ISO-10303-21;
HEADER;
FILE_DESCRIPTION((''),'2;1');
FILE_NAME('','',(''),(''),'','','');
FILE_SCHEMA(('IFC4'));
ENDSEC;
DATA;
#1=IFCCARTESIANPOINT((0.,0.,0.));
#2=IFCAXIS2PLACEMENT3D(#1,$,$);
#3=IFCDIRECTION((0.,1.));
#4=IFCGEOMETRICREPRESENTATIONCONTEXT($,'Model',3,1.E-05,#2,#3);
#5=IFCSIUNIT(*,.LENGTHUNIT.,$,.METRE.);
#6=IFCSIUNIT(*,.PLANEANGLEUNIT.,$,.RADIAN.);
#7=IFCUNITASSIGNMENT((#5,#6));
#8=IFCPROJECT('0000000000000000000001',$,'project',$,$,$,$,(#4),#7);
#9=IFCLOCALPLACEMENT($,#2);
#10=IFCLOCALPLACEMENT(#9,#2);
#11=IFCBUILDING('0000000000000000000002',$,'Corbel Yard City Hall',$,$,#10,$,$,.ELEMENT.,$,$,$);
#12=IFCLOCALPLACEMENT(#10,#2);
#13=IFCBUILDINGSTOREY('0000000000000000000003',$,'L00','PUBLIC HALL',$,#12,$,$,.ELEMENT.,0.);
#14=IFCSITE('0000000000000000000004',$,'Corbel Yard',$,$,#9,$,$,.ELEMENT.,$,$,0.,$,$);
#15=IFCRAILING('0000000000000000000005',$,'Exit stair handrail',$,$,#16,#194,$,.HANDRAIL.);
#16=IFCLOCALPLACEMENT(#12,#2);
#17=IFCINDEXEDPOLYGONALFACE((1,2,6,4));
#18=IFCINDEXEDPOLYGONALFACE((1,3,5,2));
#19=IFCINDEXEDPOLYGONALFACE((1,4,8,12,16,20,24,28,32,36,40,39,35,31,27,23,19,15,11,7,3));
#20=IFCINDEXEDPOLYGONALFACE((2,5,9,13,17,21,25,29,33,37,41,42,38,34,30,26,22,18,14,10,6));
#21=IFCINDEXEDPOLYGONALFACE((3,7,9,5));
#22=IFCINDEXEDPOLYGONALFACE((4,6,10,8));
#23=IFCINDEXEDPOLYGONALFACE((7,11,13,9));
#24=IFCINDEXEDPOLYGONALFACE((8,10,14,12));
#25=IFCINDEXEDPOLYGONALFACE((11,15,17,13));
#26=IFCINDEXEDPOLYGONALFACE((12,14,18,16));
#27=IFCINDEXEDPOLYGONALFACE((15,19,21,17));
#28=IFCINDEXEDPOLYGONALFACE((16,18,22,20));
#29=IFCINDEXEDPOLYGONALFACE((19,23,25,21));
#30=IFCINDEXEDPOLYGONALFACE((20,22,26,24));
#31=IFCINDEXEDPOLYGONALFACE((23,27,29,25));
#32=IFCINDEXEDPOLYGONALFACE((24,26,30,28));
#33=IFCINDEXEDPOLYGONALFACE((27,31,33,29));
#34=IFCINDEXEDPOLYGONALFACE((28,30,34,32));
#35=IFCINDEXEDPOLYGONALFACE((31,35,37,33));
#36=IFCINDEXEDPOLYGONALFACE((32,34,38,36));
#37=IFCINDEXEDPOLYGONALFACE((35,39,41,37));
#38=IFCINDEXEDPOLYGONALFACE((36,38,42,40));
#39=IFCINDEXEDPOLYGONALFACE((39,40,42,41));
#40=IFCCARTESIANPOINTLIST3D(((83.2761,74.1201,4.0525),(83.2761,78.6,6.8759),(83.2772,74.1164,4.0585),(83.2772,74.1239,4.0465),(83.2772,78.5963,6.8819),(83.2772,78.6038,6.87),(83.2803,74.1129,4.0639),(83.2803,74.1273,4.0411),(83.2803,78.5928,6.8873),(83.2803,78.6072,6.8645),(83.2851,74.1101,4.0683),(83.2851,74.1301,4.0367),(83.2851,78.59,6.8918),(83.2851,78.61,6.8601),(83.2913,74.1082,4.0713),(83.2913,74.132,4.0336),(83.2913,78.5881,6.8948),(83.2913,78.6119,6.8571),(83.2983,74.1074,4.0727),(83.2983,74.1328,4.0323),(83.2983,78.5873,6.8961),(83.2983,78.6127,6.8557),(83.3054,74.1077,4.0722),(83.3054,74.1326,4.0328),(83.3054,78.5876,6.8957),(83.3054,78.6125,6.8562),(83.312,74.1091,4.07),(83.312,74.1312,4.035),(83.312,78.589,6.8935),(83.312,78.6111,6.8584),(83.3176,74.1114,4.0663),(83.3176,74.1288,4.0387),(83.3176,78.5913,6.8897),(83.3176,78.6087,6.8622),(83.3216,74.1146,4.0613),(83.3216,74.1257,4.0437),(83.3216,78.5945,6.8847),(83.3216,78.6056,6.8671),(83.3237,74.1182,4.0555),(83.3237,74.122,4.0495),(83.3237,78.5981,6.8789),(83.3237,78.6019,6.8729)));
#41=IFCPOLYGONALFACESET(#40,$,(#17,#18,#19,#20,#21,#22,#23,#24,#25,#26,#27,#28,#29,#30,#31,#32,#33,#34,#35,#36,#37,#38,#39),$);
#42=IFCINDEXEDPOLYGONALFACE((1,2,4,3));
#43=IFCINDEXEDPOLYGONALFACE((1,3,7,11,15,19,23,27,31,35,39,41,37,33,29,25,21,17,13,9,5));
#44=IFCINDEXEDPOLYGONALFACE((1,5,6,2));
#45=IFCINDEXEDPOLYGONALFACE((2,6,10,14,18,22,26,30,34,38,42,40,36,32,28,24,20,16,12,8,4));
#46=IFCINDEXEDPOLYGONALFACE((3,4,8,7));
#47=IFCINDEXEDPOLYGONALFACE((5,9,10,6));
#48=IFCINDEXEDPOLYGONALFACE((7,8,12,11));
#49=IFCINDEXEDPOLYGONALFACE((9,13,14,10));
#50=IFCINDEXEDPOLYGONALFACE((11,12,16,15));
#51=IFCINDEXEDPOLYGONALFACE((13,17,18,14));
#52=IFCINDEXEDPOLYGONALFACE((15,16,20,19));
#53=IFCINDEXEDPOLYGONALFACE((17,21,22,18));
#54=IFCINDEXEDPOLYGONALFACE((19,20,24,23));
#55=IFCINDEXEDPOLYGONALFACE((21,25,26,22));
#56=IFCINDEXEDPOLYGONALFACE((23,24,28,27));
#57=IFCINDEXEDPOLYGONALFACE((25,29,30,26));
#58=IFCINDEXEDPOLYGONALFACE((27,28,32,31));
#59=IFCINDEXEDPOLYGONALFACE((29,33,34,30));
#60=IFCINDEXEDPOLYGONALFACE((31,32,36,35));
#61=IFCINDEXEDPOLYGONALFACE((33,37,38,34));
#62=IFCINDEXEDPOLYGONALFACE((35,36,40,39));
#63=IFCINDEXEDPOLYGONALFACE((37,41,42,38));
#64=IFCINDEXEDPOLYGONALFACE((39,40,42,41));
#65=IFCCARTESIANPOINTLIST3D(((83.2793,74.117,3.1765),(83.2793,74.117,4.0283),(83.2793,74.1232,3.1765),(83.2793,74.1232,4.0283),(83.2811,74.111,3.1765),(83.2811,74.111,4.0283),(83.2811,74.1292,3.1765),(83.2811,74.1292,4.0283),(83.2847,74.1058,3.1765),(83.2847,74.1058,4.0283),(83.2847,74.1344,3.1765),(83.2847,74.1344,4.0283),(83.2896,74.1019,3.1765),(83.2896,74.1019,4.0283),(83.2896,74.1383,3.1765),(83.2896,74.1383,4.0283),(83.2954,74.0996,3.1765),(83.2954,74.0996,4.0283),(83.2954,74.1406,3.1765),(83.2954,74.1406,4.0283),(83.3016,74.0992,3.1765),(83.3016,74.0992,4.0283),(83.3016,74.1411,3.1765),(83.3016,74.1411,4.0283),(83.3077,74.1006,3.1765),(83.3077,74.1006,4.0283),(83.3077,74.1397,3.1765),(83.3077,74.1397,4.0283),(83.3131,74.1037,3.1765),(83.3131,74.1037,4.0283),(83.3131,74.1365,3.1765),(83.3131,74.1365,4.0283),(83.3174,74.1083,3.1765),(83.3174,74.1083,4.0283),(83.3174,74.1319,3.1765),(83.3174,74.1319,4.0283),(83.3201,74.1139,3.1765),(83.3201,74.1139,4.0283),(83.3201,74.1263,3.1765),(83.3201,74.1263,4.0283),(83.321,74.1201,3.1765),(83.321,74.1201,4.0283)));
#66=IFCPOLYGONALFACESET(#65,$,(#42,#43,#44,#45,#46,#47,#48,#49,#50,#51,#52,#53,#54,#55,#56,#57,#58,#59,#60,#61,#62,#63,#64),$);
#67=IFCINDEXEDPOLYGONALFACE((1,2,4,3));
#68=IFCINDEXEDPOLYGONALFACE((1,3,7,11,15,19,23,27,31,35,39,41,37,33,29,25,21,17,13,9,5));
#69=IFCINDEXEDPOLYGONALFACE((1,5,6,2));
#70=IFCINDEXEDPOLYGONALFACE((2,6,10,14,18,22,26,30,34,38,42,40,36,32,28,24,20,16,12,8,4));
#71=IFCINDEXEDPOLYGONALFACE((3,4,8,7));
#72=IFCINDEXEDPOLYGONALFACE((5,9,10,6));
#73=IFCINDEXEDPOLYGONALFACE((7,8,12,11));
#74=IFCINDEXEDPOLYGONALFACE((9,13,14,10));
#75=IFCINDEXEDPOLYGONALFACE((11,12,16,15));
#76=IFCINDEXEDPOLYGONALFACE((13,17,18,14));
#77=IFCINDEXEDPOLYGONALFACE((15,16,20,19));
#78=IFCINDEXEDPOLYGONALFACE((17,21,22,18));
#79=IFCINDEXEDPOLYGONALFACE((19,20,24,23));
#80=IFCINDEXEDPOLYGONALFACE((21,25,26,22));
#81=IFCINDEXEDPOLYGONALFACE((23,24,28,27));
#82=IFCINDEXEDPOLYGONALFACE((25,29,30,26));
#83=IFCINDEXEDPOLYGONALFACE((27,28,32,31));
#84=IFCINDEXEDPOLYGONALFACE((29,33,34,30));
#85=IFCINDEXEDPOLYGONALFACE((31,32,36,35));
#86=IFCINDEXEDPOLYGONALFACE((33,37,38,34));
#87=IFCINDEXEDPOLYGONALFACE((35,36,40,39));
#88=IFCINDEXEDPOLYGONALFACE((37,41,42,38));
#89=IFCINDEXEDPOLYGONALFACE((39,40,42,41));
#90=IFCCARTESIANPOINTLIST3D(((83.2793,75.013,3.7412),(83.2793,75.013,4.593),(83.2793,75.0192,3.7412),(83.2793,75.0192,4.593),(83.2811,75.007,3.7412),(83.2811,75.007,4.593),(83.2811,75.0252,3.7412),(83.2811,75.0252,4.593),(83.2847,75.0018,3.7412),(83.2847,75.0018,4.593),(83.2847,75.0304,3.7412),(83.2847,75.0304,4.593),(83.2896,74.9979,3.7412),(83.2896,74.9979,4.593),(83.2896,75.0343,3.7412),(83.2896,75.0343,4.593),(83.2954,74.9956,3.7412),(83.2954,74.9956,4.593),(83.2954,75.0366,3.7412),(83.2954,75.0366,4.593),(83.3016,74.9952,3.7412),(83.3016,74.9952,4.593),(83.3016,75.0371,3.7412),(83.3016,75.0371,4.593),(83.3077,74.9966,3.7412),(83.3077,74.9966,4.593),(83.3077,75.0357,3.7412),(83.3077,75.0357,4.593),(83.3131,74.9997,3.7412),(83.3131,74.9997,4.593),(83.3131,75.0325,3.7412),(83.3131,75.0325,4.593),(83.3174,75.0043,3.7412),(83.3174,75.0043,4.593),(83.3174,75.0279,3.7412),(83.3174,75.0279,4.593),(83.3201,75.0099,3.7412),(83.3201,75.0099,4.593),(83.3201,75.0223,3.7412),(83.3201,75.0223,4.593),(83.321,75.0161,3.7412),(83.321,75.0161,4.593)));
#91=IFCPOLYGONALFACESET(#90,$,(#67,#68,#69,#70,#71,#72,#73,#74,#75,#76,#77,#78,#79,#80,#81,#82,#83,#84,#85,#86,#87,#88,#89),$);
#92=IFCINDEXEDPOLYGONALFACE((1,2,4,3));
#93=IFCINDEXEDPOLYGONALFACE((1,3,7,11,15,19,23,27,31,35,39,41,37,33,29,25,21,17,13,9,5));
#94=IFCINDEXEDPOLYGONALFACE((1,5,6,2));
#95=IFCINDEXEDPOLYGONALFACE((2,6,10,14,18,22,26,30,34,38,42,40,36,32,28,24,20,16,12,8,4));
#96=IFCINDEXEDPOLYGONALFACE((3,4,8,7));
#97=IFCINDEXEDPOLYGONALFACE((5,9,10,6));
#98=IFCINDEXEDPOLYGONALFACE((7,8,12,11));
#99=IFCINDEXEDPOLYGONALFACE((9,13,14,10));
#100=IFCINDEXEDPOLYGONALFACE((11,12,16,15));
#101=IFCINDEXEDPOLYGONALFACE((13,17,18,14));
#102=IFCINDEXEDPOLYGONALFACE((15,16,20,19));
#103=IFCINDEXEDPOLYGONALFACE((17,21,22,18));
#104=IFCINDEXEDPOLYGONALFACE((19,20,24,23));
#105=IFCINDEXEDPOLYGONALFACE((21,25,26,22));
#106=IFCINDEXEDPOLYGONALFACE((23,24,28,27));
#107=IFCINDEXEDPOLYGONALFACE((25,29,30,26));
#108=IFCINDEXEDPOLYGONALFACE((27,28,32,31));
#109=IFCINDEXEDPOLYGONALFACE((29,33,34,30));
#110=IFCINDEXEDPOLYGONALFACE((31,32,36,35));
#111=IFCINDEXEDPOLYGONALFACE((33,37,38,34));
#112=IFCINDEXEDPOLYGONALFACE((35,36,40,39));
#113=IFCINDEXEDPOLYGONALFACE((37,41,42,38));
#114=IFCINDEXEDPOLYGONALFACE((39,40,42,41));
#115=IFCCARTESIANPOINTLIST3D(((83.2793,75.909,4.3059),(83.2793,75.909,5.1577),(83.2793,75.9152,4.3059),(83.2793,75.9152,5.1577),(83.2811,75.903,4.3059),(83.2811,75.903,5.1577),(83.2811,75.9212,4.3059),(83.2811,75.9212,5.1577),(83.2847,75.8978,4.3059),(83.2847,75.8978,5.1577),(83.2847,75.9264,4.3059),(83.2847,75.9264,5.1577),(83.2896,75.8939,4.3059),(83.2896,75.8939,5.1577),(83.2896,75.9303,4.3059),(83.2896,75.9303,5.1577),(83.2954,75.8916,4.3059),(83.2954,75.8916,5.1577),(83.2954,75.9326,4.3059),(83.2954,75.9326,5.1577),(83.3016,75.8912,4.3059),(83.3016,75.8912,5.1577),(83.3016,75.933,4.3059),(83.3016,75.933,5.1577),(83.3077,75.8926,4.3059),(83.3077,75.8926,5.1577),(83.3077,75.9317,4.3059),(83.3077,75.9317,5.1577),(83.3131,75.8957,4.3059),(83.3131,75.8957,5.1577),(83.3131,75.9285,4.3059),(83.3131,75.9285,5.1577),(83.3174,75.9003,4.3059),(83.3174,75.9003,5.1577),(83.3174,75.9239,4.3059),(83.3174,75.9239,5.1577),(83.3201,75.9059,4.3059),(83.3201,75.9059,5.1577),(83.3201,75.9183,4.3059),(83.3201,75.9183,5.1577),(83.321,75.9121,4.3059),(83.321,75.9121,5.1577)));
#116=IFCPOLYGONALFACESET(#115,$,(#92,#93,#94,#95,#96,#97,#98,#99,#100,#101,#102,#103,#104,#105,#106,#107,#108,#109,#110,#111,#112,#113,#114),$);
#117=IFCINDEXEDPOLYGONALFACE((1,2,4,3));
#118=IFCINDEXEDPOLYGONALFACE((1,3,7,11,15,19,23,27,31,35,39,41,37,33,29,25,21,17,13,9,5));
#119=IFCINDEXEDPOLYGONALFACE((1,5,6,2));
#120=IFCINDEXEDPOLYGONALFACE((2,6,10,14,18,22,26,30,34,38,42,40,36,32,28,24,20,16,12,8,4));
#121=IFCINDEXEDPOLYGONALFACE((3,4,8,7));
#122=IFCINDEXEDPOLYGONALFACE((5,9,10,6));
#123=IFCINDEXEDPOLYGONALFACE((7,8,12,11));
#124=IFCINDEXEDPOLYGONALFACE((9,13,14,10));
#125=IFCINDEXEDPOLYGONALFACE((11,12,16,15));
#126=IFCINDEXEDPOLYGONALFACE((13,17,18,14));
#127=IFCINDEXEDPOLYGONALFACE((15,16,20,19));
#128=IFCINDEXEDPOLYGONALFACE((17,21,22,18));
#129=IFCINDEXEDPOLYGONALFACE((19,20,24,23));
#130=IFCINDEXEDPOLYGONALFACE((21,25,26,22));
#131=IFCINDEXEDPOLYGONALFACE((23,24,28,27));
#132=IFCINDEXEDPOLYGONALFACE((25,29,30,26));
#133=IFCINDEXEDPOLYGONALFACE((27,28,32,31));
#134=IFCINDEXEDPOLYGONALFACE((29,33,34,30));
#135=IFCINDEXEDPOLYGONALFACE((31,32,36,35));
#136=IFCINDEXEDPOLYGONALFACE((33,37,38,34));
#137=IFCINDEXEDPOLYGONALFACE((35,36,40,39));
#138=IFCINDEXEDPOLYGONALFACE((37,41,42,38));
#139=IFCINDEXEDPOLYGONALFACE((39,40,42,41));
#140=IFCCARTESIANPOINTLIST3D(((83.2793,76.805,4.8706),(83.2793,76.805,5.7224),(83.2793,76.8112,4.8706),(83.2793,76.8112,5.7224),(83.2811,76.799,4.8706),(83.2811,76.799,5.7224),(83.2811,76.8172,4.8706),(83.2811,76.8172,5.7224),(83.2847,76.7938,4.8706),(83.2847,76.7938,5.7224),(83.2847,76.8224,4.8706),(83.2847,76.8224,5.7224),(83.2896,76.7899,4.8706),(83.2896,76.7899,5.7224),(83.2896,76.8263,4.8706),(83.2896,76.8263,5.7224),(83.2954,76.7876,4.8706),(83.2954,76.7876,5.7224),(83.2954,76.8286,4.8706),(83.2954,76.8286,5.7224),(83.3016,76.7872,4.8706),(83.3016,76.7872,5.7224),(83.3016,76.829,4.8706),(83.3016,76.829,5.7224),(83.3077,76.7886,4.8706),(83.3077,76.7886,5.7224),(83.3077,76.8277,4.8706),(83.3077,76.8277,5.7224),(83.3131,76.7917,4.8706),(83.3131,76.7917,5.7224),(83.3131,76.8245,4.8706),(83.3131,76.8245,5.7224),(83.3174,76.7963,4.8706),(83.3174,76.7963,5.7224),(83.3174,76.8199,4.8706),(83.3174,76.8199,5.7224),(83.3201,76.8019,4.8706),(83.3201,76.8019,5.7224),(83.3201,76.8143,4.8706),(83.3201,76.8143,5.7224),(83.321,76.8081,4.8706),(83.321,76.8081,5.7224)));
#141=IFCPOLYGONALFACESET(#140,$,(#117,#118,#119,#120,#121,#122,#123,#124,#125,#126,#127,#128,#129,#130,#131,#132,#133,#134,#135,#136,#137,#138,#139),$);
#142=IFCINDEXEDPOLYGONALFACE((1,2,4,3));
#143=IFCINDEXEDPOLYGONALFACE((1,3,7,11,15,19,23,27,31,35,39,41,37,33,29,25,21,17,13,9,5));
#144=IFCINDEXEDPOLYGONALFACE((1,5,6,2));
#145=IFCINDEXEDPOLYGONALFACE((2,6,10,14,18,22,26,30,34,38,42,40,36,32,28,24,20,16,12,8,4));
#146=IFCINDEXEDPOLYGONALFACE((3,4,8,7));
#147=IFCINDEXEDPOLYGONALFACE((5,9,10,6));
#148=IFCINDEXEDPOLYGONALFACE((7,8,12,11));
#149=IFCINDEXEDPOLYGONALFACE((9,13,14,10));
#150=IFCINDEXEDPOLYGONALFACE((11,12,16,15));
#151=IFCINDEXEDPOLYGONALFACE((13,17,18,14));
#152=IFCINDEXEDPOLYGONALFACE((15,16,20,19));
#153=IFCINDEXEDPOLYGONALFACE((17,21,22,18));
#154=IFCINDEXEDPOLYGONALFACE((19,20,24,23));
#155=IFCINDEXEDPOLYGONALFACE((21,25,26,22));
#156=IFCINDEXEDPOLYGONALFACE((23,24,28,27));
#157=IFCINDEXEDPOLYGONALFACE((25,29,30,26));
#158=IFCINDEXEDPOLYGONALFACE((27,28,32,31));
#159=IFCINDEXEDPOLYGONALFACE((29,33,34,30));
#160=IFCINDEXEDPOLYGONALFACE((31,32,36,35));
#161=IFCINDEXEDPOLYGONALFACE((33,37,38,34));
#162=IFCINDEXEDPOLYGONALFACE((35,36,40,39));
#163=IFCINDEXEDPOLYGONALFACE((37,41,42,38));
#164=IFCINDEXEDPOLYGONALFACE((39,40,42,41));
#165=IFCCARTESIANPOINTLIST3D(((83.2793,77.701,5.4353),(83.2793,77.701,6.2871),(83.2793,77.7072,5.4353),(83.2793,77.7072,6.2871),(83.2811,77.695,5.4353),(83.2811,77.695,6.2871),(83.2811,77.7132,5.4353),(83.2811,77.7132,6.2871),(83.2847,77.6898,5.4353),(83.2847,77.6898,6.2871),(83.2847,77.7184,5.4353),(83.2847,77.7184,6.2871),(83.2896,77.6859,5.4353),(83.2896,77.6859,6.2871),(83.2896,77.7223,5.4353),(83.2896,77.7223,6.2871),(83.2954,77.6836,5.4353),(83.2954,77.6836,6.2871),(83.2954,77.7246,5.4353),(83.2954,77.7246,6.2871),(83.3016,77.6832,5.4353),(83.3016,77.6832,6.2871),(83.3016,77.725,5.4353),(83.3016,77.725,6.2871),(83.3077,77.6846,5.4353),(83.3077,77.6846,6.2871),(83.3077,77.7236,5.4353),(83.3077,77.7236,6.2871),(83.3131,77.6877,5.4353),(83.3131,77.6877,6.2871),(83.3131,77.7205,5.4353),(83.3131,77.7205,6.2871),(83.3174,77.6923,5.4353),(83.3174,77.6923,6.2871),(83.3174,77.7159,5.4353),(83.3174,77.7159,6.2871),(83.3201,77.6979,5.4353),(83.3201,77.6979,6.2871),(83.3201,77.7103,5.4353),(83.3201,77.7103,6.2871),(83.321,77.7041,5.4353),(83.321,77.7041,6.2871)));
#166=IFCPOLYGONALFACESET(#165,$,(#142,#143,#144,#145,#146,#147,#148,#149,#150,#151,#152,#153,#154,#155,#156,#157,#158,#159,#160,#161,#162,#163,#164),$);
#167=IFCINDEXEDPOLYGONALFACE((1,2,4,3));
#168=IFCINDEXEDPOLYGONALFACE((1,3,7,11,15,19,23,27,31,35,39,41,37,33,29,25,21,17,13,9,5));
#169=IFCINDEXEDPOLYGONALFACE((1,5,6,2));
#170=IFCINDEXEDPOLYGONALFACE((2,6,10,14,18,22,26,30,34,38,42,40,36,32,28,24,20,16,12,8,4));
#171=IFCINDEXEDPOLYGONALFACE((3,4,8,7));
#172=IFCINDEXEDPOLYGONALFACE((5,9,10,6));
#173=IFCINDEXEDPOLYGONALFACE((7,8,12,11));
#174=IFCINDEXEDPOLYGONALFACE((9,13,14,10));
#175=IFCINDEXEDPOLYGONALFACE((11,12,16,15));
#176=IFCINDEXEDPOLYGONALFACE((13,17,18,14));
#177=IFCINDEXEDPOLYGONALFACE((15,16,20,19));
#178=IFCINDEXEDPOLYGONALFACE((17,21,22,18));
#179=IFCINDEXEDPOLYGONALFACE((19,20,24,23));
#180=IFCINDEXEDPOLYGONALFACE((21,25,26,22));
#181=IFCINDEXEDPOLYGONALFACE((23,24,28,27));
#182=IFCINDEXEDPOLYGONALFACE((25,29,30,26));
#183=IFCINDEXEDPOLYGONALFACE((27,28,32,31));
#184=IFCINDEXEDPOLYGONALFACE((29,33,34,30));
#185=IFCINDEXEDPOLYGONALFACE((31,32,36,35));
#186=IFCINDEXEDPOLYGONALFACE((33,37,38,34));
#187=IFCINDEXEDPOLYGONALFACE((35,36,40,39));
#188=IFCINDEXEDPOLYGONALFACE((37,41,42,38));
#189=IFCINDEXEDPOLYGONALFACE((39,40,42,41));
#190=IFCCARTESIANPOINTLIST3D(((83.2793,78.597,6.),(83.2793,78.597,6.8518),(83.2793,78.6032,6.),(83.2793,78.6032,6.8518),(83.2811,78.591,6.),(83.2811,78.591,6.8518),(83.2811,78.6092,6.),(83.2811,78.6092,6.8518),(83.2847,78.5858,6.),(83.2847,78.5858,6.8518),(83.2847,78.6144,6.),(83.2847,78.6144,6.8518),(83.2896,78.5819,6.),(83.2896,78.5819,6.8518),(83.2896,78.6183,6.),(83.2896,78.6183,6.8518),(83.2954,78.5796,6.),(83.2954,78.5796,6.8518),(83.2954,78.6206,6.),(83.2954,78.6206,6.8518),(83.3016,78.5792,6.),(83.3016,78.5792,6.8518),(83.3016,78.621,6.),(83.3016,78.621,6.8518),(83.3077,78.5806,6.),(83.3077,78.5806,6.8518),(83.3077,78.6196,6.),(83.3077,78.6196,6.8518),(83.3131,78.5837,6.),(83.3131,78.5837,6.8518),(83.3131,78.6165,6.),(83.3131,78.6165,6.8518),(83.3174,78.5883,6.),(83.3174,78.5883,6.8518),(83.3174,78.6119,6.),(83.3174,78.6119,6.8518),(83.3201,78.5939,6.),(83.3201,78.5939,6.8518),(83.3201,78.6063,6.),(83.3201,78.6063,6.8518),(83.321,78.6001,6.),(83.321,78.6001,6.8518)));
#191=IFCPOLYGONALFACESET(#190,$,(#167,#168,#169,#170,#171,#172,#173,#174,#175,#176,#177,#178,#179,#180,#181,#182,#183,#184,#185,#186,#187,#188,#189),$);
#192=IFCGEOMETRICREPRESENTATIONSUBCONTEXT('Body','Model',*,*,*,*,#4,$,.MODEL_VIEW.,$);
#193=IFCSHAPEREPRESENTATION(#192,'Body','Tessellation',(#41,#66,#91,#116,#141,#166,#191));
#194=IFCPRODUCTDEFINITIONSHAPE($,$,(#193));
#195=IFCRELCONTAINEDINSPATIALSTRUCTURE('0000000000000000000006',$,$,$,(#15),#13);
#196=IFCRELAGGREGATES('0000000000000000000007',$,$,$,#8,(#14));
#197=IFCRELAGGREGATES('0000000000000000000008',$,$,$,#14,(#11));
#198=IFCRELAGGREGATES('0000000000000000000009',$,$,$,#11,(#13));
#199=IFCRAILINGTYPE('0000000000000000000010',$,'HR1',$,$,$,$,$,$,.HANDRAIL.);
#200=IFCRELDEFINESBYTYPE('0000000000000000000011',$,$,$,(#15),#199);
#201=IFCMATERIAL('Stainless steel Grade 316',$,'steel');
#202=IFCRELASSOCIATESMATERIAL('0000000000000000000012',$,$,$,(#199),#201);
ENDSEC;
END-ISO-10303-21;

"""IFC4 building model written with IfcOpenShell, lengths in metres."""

from ifc_helpers import new_model, si_unit, direction, frame, origin, origin_2d, place, context, subcontext, project, spatial, circle, extrude, material, type_object, element, save


model = new_model("IFC4")

# Units and contexts
model_context = context("Model", 3, precision=1e-05, world=origin(), true_north=direction((0.0, 1.0)))
body_context = subcontext(model_context, "Body", "Model", "MODEL_VIEW")
ifc_project = project(units=[si_unit("LENGTHUNIT", "METRE"), si_unit("PLANEANGLEUNIT", "RADIAN")], contexts=[model_context])

# Site, building, storey
site_placement = place(None, origin())
site = spatial("IfcSite", under=ifc_project, at=site_placement, Name="Corbel Yard", CompositionType="ELEMENT", RefElevation=0.0)
building_placement = place(site_placement, origin())
building = spatial("IfcBuilding", under=site, at=building_placement, Name="Corbel Yard City Hall", CompositionType="ELEMENT")
storey_placement = place(building_placement, origin())
storey = spatial("IfcBuildingStorey", under=building, at=storey_placement, Name="L00", Description="PUBLIC HALL", CompositionType="ELEMENT", Elevation=0.0)

# Railing
ifc_material_1 = material(Name="Stainless steel Grade 316", Category="steel")
railing_type = type_object("IfcRailingType", Name="HR1", PredefinedType="HANDRAIL", material=ifc_material_1)
for number, where, name in (
    (1, (83.3, 74.1201, 3.1765), "Exit stair handrail"),
):
    element("IfcRailing", number, at=place(storey_placement, frame(where)), inside=storey, type_object=railing_type, Name=name, PredefinedType="HANDRAIL", context=body_context, shape_type="SweptSolid", body=[
        extrude(circle(Radius=0.0239, at=origin_2d()), frame((0.0, 0.0, 0.876), z_axis=(0.0, 0.845998, 0.533186), x_axis=(-1.0, 0.0, 0.0)), (0.0, 0.0, 1.0), 5.2954),
        extrude(circle(Radius=0.021, at=origin_2d()), origin(), (0.0, 0.0, 1.0), 0.8518),
        extrude(circle(Radius=0.021, at=origin_2d()), frame((0.0, 0.896, 0.5647)), (0.0, 0.0, 1.0), 0.8518),
        extrude(circle(Radius=0.021, at=origin_2d()), frame((0.0, 1.792, 1.1294)), (0.0, 0.0, 1.0), 0.8518),
        extrude(circle(Radius=0.021, at=origin_2d()), frame((0.0, 2.688, 1.6941)), (0.0, 0.0, 1.0), 0.8518),
        extrude(circle(Radius=0.021, at=origin_2d()), frame((0.0, 3.584, 2.2588)), (0.0, 0.0, 1.0), 0.8518),
        extrude(circle(Radius=0.021, at=origin_2d()), frame((0.0, 4.48, 2.8235)), (0.0, 0.0, 1.0), 0.8518),
    ])

save(model, "model.ifc")
